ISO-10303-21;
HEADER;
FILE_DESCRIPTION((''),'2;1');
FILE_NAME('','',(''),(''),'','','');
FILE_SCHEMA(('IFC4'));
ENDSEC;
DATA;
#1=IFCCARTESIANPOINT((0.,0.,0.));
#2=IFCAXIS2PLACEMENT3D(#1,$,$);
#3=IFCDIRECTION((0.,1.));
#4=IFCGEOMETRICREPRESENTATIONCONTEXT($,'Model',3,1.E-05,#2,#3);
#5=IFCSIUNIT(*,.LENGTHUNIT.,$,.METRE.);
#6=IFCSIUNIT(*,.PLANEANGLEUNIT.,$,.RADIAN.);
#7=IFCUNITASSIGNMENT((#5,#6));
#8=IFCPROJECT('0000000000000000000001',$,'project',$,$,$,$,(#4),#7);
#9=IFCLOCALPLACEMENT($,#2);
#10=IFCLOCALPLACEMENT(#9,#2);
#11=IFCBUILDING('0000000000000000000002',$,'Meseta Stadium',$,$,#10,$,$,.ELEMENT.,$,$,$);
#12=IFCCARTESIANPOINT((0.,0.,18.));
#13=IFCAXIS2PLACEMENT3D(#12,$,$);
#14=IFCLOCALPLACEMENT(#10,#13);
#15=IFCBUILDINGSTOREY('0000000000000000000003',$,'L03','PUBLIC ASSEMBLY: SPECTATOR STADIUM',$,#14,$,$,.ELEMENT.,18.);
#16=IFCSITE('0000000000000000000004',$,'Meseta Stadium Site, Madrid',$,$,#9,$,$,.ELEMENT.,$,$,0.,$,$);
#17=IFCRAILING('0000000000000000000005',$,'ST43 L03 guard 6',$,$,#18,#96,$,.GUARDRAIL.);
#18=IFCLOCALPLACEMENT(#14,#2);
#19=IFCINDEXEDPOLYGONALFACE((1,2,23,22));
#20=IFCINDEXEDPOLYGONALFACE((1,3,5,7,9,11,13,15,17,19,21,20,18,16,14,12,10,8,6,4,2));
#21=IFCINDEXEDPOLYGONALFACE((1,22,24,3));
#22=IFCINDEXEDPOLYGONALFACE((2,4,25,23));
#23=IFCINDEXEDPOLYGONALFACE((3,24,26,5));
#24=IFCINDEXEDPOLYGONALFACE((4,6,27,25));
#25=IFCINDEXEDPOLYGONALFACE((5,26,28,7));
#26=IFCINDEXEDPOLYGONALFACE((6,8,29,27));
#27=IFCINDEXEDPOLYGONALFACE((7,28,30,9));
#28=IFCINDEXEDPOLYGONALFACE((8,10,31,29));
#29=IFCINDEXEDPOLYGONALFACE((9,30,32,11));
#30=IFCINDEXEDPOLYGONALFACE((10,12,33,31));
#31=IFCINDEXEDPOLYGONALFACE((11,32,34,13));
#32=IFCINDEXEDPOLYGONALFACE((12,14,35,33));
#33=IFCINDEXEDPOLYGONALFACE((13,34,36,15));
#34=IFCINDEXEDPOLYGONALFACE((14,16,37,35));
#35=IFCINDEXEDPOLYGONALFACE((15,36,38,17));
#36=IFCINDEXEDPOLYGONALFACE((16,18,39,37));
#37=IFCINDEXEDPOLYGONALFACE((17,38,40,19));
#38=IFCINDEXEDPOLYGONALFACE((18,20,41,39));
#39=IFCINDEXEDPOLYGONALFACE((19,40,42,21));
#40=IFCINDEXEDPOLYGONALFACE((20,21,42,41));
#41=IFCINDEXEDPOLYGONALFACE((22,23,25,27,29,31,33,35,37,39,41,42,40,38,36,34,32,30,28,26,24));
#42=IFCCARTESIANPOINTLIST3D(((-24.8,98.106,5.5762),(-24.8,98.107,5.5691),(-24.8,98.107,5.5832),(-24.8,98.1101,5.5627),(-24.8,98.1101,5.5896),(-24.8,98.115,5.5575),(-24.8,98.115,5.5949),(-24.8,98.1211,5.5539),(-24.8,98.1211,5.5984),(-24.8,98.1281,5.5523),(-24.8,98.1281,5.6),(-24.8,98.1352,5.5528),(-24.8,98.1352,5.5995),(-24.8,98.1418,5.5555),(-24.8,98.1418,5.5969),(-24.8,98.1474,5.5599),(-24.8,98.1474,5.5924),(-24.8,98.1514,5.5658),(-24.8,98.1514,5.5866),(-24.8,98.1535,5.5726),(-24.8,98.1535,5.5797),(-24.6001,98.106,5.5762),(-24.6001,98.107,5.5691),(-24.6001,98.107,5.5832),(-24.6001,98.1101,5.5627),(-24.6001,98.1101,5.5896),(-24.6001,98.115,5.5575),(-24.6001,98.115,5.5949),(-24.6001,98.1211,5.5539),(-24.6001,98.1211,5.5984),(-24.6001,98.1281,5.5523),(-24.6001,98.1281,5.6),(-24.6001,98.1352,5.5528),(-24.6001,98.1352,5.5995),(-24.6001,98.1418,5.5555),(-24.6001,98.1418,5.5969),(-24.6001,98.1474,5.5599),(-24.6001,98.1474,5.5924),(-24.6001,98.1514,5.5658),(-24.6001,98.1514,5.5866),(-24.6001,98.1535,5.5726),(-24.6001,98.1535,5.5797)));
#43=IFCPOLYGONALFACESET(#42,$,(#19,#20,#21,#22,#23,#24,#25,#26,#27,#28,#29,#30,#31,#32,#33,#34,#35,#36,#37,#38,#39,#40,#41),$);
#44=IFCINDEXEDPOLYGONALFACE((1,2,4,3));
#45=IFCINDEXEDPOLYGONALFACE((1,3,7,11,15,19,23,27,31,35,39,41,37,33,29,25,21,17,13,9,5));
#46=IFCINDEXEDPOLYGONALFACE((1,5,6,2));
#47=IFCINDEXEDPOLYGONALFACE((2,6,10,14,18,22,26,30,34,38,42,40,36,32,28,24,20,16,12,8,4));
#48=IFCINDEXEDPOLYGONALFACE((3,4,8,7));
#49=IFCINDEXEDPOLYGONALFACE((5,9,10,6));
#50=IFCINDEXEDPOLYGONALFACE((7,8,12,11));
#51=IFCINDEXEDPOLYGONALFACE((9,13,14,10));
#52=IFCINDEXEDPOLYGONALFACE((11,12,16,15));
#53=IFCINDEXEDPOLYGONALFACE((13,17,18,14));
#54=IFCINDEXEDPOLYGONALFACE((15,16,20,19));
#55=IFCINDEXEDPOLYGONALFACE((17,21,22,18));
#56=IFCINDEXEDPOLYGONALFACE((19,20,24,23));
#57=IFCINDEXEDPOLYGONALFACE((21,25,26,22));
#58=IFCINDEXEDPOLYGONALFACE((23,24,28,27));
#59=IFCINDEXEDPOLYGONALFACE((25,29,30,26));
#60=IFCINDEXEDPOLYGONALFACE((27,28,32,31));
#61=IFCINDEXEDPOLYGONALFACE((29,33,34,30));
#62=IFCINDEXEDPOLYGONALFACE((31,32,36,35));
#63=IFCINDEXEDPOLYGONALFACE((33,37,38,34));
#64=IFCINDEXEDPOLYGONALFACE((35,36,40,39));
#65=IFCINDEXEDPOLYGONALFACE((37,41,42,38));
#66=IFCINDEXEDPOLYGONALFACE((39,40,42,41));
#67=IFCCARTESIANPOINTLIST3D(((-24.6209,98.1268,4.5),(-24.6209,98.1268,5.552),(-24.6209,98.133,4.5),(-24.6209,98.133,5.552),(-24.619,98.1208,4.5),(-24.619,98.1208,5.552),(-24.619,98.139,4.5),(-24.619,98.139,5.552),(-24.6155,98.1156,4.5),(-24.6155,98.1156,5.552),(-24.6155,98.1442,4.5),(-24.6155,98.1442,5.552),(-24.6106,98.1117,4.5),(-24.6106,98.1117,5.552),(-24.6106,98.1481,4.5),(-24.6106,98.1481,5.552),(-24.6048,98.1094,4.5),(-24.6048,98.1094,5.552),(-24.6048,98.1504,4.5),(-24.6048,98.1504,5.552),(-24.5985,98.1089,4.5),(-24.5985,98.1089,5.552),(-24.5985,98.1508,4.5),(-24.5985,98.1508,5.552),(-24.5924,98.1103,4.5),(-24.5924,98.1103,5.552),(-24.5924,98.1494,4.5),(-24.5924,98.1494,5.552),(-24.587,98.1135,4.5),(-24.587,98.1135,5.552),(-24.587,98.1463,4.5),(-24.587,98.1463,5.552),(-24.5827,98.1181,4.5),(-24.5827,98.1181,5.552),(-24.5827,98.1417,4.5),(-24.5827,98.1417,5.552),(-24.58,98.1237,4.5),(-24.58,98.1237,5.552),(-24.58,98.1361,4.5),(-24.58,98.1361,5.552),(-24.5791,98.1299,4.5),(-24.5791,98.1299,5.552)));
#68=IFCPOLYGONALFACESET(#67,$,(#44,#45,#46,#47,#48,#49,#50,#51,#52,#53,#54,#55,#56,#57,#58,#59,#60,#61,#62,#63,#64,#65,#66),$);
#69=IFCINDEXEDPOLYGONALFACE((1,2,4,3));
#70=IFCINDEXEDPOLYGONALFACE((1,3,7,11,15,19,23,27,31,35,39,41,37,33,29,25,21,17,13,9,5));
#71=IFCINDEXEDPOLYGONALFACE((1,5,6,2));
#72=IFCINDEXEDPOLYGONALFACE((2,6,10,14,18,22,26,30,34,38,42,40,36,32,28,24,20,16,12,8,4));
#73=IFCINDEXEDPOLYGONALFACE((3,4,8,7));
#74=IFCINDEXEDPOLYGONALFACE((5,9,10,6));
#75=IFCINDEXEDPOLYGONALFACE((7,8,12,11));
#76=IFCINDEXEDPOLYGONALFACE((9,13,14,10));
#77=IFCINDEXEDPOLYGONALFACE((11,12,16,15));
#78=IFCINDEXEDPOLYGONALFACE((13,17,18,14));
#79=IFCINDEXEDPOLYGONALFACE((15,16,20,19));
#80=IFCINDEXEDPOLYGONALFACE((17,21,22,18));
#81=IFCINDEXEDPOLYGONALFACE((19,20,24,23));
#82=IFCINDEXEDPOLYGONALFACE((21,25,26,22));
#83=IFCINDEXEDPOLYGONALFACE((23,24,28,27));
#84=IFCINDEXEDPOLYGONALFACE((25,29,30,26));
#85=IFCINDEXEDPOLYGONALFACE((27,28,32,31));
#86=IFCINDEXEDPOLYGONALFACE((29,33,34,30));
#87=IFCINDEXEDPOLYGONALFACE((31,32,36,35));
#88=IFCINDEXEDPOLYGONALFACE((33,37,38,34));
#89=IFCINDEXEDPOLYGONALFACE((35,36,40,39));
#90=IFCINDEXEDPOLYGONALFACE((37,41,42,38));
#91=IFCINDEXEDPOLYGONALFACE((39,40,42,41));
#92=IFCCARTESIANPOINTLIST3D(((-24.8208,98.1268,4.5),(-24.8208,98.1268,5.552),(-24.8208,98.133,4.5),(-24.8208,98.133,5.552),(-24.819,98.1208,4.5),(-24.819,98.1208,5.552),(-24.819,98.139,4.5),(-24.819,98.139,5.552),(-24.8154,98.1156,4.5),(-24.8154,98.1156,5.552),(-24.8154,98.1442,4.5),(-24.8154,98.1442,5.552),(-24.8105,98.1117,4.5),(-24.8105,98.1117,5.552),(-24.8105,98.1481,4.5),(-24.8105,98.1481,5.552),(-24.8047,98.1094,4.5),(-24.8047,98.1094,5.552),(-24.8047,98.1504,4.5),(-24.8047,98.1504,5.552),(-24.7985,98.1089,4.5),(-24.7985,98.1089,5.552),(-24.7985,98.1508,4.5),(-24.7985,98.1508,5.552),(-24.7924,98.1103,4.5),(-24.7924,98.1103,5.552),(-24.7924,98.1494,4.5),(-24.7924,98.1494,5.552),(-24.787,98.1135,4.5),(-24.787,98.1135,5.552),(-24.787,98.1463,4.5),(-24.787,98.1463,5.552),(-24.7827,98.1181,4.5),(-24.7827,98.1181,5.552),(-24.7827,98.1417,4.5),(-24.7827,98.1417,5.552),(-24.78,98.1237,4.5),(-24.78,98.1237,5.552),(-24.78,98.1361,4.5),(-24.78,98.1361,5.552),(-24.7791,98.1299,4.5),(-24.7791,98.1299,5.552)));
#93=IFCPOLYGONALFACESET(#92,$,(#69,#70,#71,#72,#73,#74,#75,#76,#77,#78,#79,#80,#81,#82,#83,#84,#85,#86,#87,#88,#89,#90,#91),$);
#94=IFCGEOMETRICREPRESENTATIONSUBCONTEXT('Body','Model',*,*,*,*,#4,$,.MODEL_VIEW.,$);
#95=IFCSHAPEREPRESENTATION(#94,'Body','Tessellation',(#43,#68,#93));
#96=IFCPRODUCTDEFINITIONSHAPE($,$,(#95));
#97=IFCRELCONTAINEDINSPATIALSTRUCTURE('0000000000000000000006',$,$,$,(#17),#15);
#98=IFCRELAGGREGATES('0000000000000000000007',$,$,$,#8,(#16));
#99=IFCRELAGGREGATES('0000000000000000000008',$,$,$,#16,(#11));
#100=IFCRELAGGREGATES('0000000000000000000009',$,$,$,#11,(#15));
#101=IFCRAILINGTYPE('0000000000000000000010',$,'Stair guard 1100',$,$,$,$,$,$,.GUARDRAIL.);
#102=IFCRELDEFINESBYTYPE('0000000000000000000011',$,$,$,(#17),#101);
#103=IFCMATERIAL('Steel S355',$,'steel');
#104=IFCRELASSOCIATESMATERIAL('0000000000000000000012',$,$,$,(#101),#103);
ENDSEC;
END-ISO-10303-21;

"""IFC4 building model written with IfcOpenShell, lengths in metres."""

from ifc_helpers import new_model, si_unit, direction, frame, origin, origin_2d, place, context, subcontext, project, spatial, circle, extrude, material, type_object, element, save


model = new_model("IFC4")

# Units and contexts
model_context = context("Model", 3, precision=1e-05, world=origin(), true_north=direction((0.0, 1.0)))
body_context = subcontext(model_context, "Body", "Model", "MODEL_VIEW")
ifc_project = project(units=[si_unit("LENGTHUNIT", "METRE"), si_unit("PLANEANGLEUNIT", "RADIAN")], contexts=[model_context])

# Site, building, storey
site_placement = place(None, origin())
site = spatial("IfcSite", under=ifc_project, at=site_placement, Name="Meseta Stadium Site, Madrid", CompositionType="ELEMENT", RefElevation=0.0)
building_placement = place(site_placement, origin())
building = spatial("IfcBuilding", under=site, at=building_placement, Name="Meseta Stadium", CompositionType="ELEMENT")
storey_placement = place(building_placement, frame((0.0, 0.0, 18.0)))
storey = spatial("IfcBuildingStorey", under=building, at=storey_placement, Name="L03", Description="PUBLIC ASSEMBLY: SPECTATOR STADIUM", CompositionType="ELEMENT", Elevation=18.0)

# Railing
ifc_material_1 = material(Name="Steel S355", Category="steel")
railing_type_1 = type_object("IfcRailingType", Name="Stair guard 1100", PredefinedType="GUARDRAIL", material=ifc_material_1)
railing_1_placement = place(storey_placement, frame((-24.6001, 98.1299, 4.5)))
element("IfcRailing", 1, at=railing_1_placement, inside=storey, type_object=railing_type_1, Name="ST43 L03 guard 6", PredefinedType="GUARDRAIL", context=body_context, shape_type="SweptSolid", body=[
    extrude(circle(Radius=0.0239, at=origin_2d()), frame((0.0, 0.0, 1.0762), z_axis=(-1.0, 0.0, 0.0), x_axis=(0.0, -1.0, 0.0)), (0.0, 0.0, 1.0), 0.2),
    extrude(circle(Radius=0.021, at=origin_2d()), origin(), (0.0, 0.0, 1.0), 1.052),
    extrude(circle(Radius=0.021, at=origin_2d()), frame((-0.2, 0.0, 0.0)), (0.0, 0.0, 1.0), 1.052),
])

save(model, "model.ifc")
